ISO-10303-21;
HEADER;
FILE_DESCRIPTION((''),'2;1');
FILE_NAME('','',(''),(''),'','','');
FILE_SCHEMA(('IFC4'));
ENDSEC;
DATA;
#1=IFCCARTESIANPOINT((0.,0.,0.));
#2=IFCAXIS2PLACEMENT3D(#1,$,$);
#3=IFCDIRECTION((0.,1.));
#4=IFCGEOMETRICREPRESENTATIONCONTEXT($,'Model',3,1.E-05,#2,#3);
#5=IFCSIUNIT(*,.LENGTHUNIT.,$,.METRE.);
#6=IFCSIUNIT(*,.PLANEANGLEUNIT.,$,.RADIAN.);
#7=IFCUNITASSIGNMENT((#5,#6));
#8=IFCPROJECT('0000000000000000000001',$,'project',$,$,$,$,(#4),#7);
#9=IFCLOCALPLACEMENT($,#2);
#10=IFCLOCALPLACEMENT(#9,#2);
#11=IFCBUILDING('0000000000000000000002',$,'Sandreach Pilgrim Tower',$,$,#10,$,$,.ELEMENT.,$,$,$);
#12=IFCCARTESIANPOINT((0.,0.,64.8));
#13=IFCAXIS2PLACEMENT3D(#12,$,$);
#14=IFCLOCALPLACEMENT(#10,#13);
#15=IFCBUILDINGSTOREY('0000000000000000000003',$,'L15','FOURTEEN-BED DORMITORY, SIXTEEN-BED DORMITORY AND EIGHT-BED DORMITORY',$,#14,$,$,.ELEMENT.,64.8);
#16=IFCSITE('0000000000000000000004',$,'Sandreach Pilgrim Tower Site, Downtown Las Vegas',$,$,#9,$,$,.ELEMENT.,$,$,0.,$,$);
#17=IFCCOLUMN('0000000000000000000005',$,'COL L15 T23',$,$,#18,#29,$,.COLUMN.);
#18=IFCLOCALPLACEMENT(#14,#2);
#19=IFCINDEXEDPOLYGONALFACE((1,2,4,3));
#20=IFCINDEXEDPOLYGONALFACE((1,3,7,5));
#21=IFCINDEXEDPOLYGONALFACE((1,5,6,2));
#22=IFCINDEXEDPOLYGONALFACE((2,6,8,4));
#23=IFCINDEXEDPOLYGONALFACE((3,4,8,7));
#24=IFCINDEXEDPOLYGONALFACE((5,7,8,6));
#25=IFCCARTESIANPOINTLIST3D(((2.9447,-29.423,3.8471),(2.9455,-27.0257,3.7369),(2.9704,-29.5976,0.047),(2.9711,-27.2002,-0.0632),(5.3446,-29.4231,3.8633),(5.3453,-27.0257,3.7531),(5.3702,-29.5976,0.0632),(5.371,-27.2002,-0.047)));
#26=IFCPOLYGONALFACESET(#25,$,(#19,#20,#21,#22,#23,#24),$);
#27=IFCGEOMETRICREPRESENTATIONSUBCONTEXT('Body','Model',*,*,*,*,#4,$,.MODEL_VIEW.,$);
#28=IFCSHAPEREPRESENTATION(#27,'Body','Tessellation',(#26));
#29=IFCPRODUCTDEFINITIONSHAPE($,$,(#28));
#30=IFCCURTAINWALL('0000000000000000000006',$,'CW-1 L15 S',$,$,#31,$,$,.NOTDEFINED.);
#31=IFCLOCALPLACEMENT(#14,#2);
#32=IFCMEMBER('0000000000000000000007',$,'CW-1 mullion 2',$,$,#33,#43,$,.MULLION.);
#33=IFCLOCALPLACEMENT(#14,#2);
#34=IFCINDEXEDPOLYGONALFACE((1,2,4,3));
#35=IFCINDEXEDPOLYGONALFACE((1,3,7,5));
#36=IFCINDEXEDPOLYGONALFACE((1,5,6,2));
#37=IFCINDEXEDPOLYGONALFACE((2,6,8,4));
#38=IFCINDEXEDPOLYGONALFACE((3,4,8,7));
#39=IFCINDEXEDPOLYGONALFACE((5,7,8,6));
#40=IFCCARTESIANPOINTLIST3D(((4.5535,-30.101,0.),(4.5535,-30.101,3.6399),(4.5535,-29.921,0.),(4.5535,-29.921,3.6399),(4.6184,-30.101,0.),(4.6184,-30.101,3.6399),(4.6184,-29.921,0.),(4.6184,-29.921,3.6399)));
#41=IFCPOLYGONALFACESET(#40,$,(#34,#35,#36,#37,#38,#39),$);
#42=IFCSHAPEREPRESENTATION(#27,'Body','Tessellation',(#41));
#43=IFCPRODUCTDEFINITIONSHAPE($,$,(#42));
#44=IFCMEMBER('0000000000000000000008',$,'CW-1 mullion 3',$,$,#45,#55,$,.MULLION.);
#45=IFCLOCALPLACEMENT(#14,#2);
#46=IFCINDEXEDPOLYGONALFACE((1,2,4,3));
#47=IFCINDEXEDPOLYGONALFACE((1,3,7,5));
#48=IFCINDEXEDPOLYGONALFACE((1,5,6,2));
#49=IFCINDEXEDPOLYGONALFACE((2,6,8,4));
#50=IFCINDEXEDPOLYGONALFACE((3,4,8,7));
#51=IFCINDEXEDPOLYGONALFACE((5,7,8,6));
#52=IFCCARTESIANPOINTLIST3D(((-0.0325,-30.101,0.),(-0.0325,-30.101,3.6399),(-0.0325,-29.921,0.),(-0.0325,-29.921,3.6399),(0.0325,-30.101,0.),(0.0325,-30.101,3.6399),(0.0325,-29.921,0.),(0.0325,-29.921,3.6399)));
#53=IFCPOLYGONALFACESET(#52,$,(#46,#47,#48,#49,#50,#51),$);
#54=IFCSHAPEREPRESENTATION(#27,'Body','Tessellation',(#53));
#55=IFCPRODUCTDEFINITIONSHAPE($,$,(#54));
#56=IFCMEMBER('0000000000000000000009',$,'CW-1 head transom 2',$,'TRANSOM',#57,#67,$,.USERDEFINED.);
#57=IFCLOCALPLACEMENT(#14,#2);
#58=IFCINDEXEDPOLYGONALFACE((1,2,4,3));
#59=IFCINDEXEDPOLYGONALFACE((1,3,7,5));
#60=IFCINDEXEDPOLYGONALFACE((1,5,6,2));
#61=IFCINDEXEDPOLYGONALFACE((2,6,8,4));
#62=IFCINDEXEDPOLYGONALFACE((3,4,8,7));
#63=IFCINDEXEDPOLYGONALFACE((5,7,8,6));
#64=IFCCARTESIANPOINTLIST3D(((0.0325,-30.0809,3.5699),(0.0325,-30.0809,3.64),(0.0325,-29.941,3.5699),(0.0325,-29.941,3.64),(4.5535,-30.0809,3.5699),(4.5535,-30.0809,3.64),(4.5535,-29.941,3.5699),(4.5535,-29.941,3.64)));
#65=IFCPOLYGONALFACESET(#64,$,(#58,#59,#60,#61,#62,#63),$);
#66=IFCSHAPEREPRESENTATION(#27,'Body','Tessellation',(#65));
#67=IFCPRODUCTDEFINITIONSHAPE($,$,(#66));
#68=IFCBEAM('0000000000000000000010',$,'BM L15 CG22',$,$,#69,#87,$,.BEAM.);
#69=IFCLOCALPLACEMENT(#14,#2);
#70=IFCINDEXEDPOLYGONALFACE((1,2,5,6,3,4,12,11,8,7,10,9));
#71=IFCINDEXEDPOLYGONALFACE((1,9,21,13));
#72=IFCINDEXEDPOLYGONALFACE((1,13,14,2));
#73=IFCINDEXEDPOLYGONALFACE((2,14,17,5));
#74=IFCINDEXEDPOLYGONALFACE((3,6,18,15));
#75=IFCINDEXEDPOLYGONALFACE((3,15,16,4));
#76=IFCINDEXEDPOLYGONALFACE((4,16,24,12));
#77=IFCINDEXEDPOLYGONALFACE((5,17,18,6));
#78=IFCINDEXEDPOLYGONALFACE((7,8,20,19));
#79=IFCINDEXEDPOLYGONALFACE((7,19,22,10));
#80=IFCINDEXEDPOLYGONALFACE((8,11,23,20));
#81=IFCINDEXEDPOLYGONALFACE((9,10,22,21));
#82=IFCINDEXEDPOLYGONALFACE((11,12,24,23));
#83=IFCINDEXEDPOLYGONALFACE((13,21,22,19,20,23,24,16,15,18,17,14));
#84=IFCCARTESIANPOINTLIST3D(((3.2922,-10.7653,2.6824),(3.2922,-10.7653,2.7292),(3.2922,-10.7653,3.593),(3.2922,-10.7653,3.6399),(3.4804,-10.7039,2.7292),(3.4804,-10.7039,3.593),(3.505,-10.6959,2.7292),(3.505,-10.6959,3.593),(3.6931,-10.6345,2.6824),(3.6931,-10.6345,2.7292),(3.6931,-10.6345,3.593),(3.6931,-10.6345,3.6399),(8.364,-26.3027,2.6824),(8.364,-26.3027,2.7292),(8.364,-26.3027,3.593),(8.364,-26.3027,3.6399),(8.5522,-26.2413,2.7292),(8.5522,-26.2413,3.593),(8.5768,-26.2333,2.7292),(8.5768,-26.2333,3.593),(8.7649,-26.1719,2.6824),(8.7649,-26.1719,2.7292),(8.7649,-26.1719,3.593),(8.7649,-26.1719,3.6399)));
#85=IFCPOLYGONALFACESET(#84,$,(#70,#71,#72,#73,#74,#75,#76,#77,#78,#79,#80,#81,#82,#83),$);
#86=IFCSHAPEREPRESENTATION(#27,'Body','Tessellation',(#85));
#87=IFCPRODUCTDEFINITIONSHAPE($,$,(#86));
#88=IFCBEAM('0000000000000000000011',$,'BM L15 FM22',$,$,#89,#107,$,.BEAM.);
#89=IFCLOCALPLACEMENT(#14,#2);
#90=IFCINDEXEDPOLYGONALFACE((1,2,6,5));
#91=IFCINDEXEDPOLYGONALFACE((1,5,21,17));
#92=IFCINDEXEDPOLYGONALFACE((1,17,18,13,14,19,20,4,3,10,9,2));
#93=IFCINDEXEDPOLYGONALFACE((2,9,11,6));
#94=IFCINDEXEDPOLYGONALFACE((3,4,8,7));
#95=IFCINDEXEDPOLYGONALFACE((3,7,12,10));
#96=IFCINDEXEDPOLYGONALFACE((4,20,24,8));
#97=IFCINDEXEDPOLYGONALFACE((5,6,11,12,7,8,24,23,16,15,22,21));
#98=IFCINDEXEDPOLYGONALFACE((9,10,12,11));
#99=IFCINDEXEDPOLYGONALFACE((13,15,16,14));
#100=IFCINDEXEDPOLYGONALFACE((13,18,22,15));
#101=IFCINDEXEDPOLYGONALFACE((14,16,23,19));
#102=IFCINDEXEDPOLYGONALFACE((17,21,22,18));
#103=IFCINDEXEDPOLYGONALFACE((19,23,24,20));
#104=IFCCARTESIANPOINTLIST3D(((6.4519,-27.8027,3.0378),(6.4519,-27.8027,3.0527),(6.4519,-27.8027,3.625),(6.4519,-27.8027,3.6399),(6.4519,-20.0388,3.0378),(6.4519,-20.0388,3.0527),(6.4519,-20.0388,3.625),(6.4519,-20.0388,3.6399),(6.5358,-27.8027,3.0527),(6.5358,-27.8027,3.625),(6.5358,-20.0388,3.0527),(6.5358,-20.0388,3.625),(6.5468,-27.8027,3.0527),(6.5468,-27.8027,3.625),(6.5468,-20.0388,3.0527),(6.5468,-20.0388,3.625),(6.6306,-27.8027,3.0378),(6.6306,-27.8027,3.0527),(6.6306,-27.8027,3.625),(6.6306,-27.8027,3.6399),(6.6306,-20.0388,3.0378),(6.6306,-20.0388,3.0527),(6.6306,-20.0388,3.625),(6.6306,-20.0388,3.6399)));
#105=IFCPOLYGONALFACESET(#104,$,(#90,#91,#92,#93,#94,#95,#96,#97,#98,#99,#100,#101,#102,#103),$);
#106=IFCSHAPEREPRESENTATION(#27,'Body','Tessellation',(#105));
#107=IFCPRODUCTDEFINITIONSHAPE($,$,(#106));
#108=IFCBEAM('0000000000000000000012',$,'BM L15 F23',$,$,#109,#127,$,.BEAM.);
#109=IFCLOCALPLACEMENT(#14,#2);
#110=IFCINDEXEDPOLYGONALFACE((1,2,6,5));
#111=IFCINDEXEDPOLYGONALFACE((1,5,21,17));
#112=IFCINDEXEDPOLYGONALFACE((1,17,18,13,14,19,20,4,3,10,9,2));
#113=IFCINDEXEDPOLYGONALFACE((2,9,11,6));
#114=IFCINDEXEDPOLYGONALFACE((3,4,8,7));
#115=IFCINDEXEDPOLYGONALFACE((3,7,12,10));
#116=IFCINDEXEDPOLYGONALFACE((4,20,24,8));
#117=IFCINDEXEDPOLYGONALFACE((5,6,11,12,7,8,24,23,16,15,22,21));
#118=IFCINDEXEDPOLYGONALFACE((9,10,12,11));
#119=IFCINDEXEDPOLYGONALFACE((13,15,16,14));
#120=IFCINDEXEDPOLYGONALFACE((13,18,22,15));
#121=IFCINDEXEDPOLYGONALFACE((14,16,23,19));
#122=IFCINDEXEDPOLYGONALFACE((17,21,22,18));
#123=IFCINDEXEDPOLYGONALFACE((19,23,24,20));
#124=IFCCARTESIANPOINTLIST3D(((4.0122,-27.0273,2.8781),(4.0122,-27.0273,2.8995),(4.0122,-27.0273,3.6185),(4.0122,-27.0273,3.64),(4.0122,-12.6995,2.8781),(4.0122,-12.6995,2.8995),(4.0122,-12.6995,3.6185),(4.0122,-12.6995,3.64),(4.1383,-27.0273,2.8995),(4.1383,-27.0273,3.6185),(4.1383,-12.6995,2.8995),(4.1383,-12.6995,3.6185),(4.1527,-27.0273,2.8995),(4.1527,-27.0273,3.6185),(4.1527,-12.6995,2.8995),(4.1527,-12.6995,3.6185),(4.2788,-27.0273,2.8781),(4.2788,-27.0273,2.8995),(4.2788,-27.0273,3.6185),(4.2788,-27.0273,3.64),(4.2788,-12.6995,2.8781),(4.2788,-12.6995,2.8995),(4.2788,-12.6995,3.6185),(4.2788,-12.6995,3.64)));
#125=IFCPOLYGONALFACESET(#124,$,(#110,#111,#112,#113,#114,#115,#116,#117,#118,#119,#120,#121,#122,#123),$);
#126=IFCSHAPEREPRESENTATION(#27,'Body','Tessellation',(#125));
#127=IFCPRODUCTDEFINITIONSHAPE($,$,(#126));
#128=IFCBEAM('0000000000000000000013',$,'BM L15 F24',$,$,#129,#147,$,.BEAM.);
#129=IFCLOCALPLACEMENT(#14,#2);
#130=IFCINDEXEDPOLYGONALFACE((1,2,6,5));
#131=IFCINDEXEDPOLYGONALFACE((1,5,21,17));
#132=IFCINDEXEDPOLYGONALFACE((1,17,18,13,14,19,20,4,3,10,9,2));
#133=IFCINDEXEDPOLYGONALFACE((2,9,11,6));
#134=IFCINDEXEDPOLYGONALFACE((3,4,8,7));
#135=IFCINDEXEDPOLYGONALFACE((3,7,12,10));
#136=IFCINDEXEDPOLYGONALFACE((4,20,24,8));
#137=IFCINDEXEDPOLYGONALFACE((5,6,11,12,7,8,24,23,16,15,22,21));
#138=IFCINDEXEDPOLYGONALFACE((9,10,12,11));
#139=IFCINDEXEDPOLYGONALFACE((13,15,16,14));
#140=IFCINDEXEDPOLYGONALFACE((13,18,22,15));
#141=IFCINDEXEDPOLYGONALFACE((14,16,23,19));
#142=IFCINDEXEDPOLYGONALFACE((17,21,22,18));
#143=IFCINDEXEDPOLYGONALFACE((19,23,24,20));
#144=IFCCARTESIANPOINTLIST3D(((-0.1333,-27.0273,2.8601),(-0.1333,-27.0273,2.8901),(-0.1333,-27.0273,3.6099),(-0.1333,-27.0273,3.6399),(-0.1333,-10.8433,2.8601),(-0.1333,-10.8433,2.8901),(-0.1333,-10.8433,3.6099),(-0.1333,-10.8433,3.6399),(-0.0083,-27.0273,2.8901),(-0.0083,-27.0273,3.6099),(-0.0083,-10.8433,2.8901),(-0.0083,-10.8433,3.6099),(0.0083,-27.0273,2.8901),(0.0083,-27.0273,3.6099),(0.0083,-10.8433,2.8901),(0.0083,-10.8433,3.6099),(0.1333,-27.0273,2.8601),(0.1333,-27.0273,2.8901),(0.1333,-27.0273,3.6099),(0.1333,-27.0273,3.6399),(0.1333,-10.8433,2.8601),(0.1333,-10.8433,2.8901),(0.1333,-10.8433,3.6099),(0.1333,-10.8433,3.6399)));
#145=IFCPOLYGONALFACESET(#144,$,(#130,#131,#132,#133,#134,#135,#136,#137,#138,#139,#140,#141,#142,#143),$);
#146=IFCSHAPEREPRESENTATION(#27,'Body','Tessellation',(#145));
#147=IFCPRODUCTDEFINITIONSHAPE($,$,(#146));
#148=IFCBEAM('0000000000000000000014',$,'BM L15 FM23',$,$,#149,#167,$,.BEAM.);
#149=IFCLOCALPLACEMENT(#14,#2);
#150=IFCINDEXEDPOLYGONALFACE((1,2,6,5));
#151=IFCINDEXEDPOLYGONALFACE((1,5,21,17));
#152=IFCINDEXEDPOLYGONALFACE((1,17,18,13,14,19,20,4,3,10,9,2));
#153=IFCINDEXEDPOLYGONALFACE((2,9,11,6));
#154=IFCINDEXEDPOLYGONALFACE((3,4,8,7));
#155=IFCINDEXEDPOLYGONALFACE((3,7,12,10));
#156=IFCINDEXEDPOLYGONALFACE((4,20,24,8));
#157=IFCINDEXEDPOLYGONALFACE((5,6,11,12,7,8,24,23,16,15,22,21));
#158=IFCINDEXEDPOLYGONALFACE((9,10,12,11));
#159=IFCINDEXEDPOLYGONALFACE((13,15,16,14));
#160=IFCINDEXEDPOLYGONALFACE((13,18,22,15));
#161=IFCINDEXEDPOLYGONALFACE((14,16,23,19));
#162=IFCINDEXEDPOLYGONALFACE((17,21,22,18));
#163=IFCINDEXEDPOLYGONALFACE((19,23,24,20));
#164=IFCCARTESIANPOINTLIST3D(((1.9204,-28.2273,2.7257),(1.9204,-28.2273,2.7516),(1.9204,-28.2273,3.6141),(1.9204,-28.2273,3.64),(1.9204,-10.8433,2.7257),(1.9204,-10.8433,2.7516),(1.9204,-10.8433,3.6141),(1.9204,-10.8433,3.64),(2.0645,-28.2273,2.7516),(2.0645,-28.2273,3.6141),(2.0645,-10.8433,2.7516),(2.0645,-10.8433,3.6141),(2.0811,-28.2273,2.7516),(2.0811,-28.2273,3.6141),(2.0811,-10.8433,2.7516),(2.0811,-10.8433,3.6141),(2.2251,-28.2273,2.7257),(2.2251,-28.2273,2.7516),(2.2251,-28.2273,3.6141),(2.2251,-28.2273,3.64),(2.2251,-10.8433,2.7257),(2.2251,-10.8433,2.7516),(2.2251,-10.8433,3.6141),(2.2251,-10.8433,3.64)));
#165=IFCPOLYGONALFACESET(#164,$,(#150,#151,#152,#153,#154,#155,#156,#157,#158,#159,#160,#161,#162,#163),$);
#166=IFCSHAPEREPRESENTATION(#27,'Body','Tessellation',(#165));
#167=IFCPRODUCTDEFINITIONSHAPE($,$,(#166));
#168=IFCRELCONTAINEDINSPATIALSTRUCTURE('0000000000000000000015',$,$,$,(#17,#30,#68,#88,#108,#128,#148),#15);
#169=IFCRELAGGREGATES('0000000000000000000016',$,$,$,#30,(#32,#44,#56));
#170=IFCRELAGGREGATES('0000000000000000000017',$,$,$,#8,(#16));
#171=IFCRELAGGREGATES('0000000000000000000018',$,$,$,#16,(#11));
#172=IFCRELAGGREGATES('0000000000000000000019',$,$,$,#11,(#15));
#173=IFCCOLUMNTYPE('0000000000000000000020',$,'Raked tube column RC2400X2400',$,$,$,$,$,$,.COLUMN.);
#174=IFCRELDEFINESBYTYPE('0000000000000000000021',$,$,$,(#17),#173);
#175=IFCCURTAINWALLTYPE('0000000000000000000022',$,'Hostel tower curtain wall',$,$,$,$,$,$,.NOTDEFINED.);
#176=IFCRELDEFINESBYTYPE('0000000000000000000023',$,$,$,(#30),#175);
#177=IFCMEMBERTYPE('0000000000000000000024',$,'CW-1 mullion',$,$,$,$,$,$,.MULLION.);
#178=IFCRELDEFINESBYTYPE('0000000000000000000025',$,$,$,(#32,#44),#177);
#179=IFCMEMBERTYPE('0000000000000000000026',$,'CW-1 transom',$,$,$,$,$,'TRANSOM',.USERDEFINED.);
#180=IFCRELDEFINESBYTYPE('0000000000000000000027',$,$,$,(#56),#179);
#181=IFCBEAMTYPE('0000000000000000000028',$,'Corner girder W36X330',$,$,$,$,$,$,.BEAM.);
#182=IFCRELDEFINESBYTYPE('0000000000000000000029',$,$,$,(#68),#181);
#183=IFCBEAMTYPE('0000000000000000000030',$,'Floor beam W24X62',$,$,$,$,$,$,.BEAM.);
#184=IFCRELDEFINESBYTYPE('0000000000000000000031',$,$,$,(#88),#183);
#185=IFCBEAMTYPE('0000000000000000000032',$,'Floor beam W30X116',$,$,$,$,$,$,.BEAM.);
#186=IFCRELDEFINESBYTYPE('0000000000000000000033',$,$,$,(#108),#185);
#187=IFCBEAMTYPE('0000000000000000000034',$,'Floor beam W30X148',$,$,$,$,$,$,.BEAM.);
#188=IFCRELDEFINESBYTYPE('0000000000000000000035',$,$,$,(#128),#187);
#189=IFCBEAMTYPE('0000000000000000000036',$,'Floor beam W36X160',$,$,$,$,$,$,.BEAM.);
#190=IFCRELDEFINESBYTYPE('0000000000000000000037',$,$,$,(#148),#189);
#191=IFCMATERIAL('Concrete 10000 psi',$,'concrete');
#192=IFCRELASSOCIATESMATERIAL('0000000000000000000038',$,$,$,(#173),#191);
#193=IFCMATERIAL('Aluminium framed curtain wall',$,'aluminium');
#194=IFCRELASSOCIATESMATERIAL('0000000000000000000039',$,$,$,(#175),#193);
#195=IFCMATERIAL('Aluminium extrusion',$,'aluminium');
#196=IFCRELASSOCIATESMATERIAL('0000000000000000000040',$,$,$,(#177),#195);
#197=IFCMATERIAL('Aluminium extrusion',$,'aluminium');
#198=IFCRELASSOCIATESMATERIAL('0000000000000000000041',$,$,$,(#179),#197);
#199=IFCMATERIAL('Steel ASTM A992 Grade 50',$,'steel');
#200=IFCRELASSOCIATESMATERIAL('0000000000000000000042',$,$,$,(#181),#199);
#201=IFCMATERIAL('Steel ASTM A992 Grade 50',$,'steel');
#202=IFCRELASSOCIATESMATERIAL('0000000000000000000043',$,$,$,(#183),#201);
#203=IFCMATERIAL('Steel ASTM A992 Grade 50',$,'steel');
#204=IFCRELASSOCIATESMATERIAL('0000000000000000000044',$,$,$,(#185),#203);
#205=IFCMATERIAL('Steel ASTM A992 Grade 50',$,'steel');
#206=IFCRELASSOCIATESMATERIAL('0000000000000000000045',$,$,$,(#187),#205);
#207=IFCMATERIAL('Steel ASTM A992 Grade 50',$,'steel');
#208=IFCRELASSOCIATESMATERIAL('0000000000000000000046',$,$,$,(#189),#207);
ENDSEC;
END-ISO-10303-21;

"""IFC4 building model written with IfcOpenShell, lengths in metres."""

from ifc_helpers import new_model, si_unit, direction, frame, origin, origin_2d, place, context, subcontext, project, spatial, rectangle, i_section, extrude, material, material_profile, profile_set, type_object, element, aggregate, save


model = new_model("IFC4")

# Units and contexts
model_context = context("Model", 3, precision=1e-05, world=origin(), true_north=direction((0.0, 1.0)))
body_context = subcontext(model_context, "Body", "Model", "MODEL_VIEW")
ifc_project = project(units=[si_unit("LENGTHUNIT", "METRE"), si_unit("PLANEANGLEUNIT", "RADIAN")], contexts=[model_context])

# Site, building, storey
site_placement = place(None, origin())
site = spatial("IfcSite", under=ifc_project, at=site_placement, Name="Sandreach Pilgrim Tower Site, Downtown Las Vegas", CompositionType="ELEMENT", RefElevation=0.0)
building_placement = place(site_placement, origin())
building = spatial("IfcBuilding", under=site, at=building_placement, Name="Sandreach Pilgrim Tower", CompositionType="ELEMENT")
storey_placement = place(building_placement, frame((0.0, 0.0, 64.8)))
storey = spatial("IfcBuildingStorey", under=building, at=storey_placement, Name="L15", Description="FOURTEEN-BED DORMITORY, SIXTEEN-BED DORMITORY AND EIGHT-BED DORMITORY", CompositionType="ELEMENT", Elevation=64.8)

# Column
ifc_material_1 = material(Name="Concrete 10000 psi", Category="concrete")
ifc_material_profile_1 = material_profile(ifc_material_1, rectangle(XDim=2.3999, YDim=2.3999, at=origin_2d()), Name="RC2400X2400")
ifc_profile_set_1 = profile_set([ifc_material_profile_1], Name="Concrete 10000 psi")
column_type = type_object("IfcColumnType", Name="Raked tube column RC2400X2400", PredefinedType="COLUMN", material=ifc_profile_set_1)
column_placement = place(storey_placement, frame((4.1707, -28.3989, 0.0), z_axis=(-0.006739, 0.045887, 0.998924), x_axis=(-0.000315, -0.998947, 0.045886)))
element("IfcColumn", 1, at=column_placement, inside=storey, type_object=column_type, Name="COL L15 T23", PredefinedType="COLUMN", context=body_context, shape_type="SweptSolid", body=[
    extrude(rectangle(XDim=2.3999, YDim=2.3999, at=origin_2d()), origin(), (0.0, 0.0, 1.0), 3.8042),
])

# Curtain wall, members
ifc_material_2 = material(Name="Aluminium framed curtain wall", Category="aluminium")
curtain_wall_type = type_object("IfcCurtainWallType", Name="Hostel tower curtain wall", PredefinedType="NOTDEFINED", material=ifc_material_2)
curtain_wall_placement = place(storey_placement, origin())
curtain_wall = element("IfcCurtainWall", 2, at=curtain_wall_placement, inside=storey, type_object=curtain_wall_type, Name="CW-1 L15 S", PredefinedType="NOTDEFINED")
ifc_material_3 = material(Name="Aluminium extrusion", Category="aluminium")
ifc_material_profile_2 = material_profile(ifc_material_3, rectangle(XDim=0.0649, YDim=0.1799, at=origin_2d()), Name="CW-1M 65X180")
ifc_profile_set_2 = profile_set([ifc_material_profile_2], Name="Aluminium extrusion")
member_type_1 = type_object("IfcMemberType", Name="CW-1 mullion", PredefinedType="MULLION", material=ifc_profile_set_2)
member_1_placement = place(storey_placement, frame((4.5859, -30.011, 0.0), z_axis=(0.0, 0.0, 1.0), x_axis=(-1.0, 0.0, 0.0)))
member_1 = element("IfcMember", 3, at=member_1_placement, type_object=member_type_1, Name="CW-1 mullion 2", PredefinedType="MULLION", context=body_context, shape_type="SweptSolid", body=[
    extrude(rectangle(XDim=0.0649, YDim=0.1799, at=origin_2d()), origin(), (0.0, 0.0, 1.0), 3.6399),
])
member_2_placement = place(storey_placement, frame((0.0, -30.011, 0.0), z_axis=(0.0, 0.0, 1.0), x_axis=(-1.0, 0.0, 0.0)))
member_2 = element("IfcMember", 4, at=member_2_placement, type_object=member_type_1, Name="CW-1 mullion 3", PredefinedType="MULLION", context=body_context, shape_type="SweptSolid", body=[
    extrude(rectangle(XDim=0.0649, YDim=0.1799, at=origin_2d()), origin(), (0.0, 0.0, 1.0), 3.6399),
])
ifc_material_4 = material(Name="Aluminium extrusion", Category="aluminium")
ifc_material_profile_3 = material_profile(ifc_material_4, rectangle(XDim=0.1399, YDim=0.0701, at=origin_2d()), Name="CW-1T 140X70")
ifc_profile_set_3 = profile_set([ifc_material_profile_3], Name="Aluminium extrusion")
member_type_2 = type_object("IfcMemberType", Name="CW-1 transom", ElementType="TRANSOM", PredefinedType="USERDEFINED", material=ifc_profile_set_3)
member_3_placement = place(storey_placement, frame((4.5535, -30.011, 3.605), z_axis=(-1.0, 0.0, 0.0), x_axis=(0.0, -1.0, 0.0)))
member_3 = element("IfcMember", 5, at=member_3_placement, type_object=member_type_2, Name="CW-1 head transom 2", ObjectType="TRANSOM", PredefinedType="USERDEFINED", context=body_context, shape_type="SweptSolid", body=[
    extrude(rectangle(XDim=0.1399, YDim=0.0701, at=origin_2d()), origin(), (0.0, 0.0, 1.0), 4.521),
])

# Beams
ifc_material_5 = material(Name="Steel ASTM A992 Grade 50", Category="steel")
ifc_material_profile_4 = material_profile(ifc_material_5, i_section(OverallWidth=0.4216, OverallDepth=0.9575, WebThickness=0.0259, FlangeThickness=0.0469, at=origin_2d()), Name="W36X330")
ifc_profile_set_4 = profile_set([ifc_material_profile_4], Name="Steel ASTM A992 Grade 50")
beam_type_1 = type_object("IfcBeamType", Name="Corner girder W36X330", PredefinedType="BEAM", material=ifc_profile_set_4)
beam_1_placement = place(storey_placement, frame((8.5645, -26.2373, 3.1611), z_axis=(-0.310311, 0.950635, 0.0), x_axis=(-0.950635, -0.310311, 0.0)))
element("IfcBeam", 6, at=beam_1_placement, inside=storey, type_object=beam_type_1, Name="BM L15 CG22", PredefinedType="BEAM", context=body_context, shape_type="SweptSolid", body=[
    extrude(i_section(OverallWidth=0.4216, OverallDepth=0.9575, WebThickness=0.0259, FlangeThickness=0.0469, at=origin_2d()), origin(), (0.0, 0.0, 1.0), 16.3442),
])
ifc_material_6 = material(Name="Steel ASTM A992 Grade 50", Category="steel")
ifc_material_profile_5 = material_profile(ifc_material_6, i_section(OverallWidth=0.1787, OverallDepth=0.6021, WebThickness=0.011, FlangeThickness=0.0149, at=origin_2d()), Name="W24X62")
ifc_profile_set_5 = profile_set([ifc_material_profile_5], Name="Steel ASTM A992 Grade 50")
beam_type_2 = type_object("IfcBeamType", Name="Floor beam W24X62", PredefinedType="BEAM", material=ifc_profile_set_5)
beam_2_placement = place(storey_placement, frame((6.5413, -27.8027, 3.3389), z_axis=(0.0, 1.0, 0.0), x_axis=(-1.0, 0.0, 0.0)))
element("IfcBeam", 7, at=beam_2_placement, inside=storey, type_object=beam_type_2, Name="BM L15 FM22", PredefinedType="BEAM", context=body_context, shape_type="SweptSolid", body=[
    extrude(i_section(OverallWidth=0.1787, OverallDepth=0.6021, WebThickness=0.011, FlangeThickness=0.0149, at=origin_2d()), origin(), (0.0, 0.0, 1.0), 7.7639),
])
ifc_material_7 = material(Name="Steel ASTM A992 Grade 50", Category="steel")
ifc_material_profile_6 = material_profile(ifc_material_7, i_section(OverallWidth=0.2666, OverallDepth=0.762, WebThickness=0.0144, FlangeThickness=0.0215, at=origin_2d()), Name="W30X116")
ifc_profile_set_6 = profile_set([ifc_material_profile_6], Name="Steel ASTM A992 Grade 50")
beam_type_3 = type_object("IfcBeamType", Name="Floor beam W30X116", PredefinedType="BEAM", material=ifc_profile_set_6)
beam_3_placement = place(storey_placement, frame((4.1455, -27.0273, 3.259), z_axis=(0.0, 1.0, 0.0), x_axis=(-1.0, 0.0, 0.0)))
element("IfcBeam", 8, at=beam_3_placement, inside=storey, type_object=beam_type_3, Name="BM L15 F23", PredefinedType="BEAM", context=body_context, shape_type="SweptSolid", body=[
    extrude(i_section(OverallWidth=0.2666, OverallDepth=0.762, WebThickness=0.0144, FlangeThickness=0.0215, at=origin_2d()), origin(), (0.0, 0.0, 1.0), 14.3279),
])
ifc_material_8 = material(Name="Steel ASTM A992 Grade 50", Category="steel")
ifc_material_profile_7 = material_profile(ifc_material_8, i_section(OverallWidth=0.2666, OverallDepth=0.7798, WebThickness=0.0166, FlangeThickness=0.03, at=origin_2d()), Name="W30X148")
ifc_profile_set_7 = profile_set([ifc_material_profile_7], Name="Steel ASTM A992 Grade 50")
beam_type_4 = type_object("IfcBeamType", Name="Floor beam W30X148", PredefinedType="BEAM", material=ifc_profile_set_7)
beam_4_placement = place(storey_placement, frame((0.0, -27.0273, 3.25), z_axis=(0.0, 1.0, 0.0), x_axis=(-1.0, 0.0, 0.0)))
element("IfcBeam", 9, at=beam_4_placement, inside=storey, type_object=beam_type_4, Name="BM L15 F24", PredefinedType="BEAM", context=body_context, shape_type="SweptSolid", body=[
    extrude(i_section(OverallWidth=0.2666, OverallDepth=0.7798, WebThickness=0.0166, FlangeThickness=0.03, at=origin_2d()), origin(), (0.0, 0.0, 1.0), 16.1841),
])
ifc_material_9 = material(Name="Steel ASTM A992 Grade 50", Category="steel")
ifc_material_profile_8 = material_profile(ifc_material_9, i_section(OverallWidth=0.3047, OverallDepth=0.9143, WebThickness=0.0166, FlangeThickness=0.0259, at=origin_2d()), Name="W36X160")
ifc_profile_set_8 = profile_set([ifc_material_profile_8], Name="Steel ASTM A992 Grade 50")
beam_type_5 = type_object("IfcBeamType", Name="Floor beam W36X160", PredefinedType="BEAM", material=ifc_profile_set_8)
beam_5_placement = place(storey_placement, frame((2.0728, -28.2273, 3.1829), z_axis=(0.0, 1.0, 0.0), x_axis=(-1.0, 0.0, 0.0)))
element("IfcBeam", 10, at=beam_5_placement, inside=storey, type_object=beam_type_5, Name="BM L15 FM23", PredefinedType="BEAM", context=body_context, shape_type="SweptSolid", body=[
    extrude(i_section(OverallWidth=0.3047, OverallDepth=0.9143, WebThickness=0.0166, FlangeThickness=0.0259, at=origin_2d()), origin(), (0.0, 0.0, 1.0), 17.384),
])

aggregate(curtain_wall, [member_1, member_2, member_3])

save(model, "model.ifc")
